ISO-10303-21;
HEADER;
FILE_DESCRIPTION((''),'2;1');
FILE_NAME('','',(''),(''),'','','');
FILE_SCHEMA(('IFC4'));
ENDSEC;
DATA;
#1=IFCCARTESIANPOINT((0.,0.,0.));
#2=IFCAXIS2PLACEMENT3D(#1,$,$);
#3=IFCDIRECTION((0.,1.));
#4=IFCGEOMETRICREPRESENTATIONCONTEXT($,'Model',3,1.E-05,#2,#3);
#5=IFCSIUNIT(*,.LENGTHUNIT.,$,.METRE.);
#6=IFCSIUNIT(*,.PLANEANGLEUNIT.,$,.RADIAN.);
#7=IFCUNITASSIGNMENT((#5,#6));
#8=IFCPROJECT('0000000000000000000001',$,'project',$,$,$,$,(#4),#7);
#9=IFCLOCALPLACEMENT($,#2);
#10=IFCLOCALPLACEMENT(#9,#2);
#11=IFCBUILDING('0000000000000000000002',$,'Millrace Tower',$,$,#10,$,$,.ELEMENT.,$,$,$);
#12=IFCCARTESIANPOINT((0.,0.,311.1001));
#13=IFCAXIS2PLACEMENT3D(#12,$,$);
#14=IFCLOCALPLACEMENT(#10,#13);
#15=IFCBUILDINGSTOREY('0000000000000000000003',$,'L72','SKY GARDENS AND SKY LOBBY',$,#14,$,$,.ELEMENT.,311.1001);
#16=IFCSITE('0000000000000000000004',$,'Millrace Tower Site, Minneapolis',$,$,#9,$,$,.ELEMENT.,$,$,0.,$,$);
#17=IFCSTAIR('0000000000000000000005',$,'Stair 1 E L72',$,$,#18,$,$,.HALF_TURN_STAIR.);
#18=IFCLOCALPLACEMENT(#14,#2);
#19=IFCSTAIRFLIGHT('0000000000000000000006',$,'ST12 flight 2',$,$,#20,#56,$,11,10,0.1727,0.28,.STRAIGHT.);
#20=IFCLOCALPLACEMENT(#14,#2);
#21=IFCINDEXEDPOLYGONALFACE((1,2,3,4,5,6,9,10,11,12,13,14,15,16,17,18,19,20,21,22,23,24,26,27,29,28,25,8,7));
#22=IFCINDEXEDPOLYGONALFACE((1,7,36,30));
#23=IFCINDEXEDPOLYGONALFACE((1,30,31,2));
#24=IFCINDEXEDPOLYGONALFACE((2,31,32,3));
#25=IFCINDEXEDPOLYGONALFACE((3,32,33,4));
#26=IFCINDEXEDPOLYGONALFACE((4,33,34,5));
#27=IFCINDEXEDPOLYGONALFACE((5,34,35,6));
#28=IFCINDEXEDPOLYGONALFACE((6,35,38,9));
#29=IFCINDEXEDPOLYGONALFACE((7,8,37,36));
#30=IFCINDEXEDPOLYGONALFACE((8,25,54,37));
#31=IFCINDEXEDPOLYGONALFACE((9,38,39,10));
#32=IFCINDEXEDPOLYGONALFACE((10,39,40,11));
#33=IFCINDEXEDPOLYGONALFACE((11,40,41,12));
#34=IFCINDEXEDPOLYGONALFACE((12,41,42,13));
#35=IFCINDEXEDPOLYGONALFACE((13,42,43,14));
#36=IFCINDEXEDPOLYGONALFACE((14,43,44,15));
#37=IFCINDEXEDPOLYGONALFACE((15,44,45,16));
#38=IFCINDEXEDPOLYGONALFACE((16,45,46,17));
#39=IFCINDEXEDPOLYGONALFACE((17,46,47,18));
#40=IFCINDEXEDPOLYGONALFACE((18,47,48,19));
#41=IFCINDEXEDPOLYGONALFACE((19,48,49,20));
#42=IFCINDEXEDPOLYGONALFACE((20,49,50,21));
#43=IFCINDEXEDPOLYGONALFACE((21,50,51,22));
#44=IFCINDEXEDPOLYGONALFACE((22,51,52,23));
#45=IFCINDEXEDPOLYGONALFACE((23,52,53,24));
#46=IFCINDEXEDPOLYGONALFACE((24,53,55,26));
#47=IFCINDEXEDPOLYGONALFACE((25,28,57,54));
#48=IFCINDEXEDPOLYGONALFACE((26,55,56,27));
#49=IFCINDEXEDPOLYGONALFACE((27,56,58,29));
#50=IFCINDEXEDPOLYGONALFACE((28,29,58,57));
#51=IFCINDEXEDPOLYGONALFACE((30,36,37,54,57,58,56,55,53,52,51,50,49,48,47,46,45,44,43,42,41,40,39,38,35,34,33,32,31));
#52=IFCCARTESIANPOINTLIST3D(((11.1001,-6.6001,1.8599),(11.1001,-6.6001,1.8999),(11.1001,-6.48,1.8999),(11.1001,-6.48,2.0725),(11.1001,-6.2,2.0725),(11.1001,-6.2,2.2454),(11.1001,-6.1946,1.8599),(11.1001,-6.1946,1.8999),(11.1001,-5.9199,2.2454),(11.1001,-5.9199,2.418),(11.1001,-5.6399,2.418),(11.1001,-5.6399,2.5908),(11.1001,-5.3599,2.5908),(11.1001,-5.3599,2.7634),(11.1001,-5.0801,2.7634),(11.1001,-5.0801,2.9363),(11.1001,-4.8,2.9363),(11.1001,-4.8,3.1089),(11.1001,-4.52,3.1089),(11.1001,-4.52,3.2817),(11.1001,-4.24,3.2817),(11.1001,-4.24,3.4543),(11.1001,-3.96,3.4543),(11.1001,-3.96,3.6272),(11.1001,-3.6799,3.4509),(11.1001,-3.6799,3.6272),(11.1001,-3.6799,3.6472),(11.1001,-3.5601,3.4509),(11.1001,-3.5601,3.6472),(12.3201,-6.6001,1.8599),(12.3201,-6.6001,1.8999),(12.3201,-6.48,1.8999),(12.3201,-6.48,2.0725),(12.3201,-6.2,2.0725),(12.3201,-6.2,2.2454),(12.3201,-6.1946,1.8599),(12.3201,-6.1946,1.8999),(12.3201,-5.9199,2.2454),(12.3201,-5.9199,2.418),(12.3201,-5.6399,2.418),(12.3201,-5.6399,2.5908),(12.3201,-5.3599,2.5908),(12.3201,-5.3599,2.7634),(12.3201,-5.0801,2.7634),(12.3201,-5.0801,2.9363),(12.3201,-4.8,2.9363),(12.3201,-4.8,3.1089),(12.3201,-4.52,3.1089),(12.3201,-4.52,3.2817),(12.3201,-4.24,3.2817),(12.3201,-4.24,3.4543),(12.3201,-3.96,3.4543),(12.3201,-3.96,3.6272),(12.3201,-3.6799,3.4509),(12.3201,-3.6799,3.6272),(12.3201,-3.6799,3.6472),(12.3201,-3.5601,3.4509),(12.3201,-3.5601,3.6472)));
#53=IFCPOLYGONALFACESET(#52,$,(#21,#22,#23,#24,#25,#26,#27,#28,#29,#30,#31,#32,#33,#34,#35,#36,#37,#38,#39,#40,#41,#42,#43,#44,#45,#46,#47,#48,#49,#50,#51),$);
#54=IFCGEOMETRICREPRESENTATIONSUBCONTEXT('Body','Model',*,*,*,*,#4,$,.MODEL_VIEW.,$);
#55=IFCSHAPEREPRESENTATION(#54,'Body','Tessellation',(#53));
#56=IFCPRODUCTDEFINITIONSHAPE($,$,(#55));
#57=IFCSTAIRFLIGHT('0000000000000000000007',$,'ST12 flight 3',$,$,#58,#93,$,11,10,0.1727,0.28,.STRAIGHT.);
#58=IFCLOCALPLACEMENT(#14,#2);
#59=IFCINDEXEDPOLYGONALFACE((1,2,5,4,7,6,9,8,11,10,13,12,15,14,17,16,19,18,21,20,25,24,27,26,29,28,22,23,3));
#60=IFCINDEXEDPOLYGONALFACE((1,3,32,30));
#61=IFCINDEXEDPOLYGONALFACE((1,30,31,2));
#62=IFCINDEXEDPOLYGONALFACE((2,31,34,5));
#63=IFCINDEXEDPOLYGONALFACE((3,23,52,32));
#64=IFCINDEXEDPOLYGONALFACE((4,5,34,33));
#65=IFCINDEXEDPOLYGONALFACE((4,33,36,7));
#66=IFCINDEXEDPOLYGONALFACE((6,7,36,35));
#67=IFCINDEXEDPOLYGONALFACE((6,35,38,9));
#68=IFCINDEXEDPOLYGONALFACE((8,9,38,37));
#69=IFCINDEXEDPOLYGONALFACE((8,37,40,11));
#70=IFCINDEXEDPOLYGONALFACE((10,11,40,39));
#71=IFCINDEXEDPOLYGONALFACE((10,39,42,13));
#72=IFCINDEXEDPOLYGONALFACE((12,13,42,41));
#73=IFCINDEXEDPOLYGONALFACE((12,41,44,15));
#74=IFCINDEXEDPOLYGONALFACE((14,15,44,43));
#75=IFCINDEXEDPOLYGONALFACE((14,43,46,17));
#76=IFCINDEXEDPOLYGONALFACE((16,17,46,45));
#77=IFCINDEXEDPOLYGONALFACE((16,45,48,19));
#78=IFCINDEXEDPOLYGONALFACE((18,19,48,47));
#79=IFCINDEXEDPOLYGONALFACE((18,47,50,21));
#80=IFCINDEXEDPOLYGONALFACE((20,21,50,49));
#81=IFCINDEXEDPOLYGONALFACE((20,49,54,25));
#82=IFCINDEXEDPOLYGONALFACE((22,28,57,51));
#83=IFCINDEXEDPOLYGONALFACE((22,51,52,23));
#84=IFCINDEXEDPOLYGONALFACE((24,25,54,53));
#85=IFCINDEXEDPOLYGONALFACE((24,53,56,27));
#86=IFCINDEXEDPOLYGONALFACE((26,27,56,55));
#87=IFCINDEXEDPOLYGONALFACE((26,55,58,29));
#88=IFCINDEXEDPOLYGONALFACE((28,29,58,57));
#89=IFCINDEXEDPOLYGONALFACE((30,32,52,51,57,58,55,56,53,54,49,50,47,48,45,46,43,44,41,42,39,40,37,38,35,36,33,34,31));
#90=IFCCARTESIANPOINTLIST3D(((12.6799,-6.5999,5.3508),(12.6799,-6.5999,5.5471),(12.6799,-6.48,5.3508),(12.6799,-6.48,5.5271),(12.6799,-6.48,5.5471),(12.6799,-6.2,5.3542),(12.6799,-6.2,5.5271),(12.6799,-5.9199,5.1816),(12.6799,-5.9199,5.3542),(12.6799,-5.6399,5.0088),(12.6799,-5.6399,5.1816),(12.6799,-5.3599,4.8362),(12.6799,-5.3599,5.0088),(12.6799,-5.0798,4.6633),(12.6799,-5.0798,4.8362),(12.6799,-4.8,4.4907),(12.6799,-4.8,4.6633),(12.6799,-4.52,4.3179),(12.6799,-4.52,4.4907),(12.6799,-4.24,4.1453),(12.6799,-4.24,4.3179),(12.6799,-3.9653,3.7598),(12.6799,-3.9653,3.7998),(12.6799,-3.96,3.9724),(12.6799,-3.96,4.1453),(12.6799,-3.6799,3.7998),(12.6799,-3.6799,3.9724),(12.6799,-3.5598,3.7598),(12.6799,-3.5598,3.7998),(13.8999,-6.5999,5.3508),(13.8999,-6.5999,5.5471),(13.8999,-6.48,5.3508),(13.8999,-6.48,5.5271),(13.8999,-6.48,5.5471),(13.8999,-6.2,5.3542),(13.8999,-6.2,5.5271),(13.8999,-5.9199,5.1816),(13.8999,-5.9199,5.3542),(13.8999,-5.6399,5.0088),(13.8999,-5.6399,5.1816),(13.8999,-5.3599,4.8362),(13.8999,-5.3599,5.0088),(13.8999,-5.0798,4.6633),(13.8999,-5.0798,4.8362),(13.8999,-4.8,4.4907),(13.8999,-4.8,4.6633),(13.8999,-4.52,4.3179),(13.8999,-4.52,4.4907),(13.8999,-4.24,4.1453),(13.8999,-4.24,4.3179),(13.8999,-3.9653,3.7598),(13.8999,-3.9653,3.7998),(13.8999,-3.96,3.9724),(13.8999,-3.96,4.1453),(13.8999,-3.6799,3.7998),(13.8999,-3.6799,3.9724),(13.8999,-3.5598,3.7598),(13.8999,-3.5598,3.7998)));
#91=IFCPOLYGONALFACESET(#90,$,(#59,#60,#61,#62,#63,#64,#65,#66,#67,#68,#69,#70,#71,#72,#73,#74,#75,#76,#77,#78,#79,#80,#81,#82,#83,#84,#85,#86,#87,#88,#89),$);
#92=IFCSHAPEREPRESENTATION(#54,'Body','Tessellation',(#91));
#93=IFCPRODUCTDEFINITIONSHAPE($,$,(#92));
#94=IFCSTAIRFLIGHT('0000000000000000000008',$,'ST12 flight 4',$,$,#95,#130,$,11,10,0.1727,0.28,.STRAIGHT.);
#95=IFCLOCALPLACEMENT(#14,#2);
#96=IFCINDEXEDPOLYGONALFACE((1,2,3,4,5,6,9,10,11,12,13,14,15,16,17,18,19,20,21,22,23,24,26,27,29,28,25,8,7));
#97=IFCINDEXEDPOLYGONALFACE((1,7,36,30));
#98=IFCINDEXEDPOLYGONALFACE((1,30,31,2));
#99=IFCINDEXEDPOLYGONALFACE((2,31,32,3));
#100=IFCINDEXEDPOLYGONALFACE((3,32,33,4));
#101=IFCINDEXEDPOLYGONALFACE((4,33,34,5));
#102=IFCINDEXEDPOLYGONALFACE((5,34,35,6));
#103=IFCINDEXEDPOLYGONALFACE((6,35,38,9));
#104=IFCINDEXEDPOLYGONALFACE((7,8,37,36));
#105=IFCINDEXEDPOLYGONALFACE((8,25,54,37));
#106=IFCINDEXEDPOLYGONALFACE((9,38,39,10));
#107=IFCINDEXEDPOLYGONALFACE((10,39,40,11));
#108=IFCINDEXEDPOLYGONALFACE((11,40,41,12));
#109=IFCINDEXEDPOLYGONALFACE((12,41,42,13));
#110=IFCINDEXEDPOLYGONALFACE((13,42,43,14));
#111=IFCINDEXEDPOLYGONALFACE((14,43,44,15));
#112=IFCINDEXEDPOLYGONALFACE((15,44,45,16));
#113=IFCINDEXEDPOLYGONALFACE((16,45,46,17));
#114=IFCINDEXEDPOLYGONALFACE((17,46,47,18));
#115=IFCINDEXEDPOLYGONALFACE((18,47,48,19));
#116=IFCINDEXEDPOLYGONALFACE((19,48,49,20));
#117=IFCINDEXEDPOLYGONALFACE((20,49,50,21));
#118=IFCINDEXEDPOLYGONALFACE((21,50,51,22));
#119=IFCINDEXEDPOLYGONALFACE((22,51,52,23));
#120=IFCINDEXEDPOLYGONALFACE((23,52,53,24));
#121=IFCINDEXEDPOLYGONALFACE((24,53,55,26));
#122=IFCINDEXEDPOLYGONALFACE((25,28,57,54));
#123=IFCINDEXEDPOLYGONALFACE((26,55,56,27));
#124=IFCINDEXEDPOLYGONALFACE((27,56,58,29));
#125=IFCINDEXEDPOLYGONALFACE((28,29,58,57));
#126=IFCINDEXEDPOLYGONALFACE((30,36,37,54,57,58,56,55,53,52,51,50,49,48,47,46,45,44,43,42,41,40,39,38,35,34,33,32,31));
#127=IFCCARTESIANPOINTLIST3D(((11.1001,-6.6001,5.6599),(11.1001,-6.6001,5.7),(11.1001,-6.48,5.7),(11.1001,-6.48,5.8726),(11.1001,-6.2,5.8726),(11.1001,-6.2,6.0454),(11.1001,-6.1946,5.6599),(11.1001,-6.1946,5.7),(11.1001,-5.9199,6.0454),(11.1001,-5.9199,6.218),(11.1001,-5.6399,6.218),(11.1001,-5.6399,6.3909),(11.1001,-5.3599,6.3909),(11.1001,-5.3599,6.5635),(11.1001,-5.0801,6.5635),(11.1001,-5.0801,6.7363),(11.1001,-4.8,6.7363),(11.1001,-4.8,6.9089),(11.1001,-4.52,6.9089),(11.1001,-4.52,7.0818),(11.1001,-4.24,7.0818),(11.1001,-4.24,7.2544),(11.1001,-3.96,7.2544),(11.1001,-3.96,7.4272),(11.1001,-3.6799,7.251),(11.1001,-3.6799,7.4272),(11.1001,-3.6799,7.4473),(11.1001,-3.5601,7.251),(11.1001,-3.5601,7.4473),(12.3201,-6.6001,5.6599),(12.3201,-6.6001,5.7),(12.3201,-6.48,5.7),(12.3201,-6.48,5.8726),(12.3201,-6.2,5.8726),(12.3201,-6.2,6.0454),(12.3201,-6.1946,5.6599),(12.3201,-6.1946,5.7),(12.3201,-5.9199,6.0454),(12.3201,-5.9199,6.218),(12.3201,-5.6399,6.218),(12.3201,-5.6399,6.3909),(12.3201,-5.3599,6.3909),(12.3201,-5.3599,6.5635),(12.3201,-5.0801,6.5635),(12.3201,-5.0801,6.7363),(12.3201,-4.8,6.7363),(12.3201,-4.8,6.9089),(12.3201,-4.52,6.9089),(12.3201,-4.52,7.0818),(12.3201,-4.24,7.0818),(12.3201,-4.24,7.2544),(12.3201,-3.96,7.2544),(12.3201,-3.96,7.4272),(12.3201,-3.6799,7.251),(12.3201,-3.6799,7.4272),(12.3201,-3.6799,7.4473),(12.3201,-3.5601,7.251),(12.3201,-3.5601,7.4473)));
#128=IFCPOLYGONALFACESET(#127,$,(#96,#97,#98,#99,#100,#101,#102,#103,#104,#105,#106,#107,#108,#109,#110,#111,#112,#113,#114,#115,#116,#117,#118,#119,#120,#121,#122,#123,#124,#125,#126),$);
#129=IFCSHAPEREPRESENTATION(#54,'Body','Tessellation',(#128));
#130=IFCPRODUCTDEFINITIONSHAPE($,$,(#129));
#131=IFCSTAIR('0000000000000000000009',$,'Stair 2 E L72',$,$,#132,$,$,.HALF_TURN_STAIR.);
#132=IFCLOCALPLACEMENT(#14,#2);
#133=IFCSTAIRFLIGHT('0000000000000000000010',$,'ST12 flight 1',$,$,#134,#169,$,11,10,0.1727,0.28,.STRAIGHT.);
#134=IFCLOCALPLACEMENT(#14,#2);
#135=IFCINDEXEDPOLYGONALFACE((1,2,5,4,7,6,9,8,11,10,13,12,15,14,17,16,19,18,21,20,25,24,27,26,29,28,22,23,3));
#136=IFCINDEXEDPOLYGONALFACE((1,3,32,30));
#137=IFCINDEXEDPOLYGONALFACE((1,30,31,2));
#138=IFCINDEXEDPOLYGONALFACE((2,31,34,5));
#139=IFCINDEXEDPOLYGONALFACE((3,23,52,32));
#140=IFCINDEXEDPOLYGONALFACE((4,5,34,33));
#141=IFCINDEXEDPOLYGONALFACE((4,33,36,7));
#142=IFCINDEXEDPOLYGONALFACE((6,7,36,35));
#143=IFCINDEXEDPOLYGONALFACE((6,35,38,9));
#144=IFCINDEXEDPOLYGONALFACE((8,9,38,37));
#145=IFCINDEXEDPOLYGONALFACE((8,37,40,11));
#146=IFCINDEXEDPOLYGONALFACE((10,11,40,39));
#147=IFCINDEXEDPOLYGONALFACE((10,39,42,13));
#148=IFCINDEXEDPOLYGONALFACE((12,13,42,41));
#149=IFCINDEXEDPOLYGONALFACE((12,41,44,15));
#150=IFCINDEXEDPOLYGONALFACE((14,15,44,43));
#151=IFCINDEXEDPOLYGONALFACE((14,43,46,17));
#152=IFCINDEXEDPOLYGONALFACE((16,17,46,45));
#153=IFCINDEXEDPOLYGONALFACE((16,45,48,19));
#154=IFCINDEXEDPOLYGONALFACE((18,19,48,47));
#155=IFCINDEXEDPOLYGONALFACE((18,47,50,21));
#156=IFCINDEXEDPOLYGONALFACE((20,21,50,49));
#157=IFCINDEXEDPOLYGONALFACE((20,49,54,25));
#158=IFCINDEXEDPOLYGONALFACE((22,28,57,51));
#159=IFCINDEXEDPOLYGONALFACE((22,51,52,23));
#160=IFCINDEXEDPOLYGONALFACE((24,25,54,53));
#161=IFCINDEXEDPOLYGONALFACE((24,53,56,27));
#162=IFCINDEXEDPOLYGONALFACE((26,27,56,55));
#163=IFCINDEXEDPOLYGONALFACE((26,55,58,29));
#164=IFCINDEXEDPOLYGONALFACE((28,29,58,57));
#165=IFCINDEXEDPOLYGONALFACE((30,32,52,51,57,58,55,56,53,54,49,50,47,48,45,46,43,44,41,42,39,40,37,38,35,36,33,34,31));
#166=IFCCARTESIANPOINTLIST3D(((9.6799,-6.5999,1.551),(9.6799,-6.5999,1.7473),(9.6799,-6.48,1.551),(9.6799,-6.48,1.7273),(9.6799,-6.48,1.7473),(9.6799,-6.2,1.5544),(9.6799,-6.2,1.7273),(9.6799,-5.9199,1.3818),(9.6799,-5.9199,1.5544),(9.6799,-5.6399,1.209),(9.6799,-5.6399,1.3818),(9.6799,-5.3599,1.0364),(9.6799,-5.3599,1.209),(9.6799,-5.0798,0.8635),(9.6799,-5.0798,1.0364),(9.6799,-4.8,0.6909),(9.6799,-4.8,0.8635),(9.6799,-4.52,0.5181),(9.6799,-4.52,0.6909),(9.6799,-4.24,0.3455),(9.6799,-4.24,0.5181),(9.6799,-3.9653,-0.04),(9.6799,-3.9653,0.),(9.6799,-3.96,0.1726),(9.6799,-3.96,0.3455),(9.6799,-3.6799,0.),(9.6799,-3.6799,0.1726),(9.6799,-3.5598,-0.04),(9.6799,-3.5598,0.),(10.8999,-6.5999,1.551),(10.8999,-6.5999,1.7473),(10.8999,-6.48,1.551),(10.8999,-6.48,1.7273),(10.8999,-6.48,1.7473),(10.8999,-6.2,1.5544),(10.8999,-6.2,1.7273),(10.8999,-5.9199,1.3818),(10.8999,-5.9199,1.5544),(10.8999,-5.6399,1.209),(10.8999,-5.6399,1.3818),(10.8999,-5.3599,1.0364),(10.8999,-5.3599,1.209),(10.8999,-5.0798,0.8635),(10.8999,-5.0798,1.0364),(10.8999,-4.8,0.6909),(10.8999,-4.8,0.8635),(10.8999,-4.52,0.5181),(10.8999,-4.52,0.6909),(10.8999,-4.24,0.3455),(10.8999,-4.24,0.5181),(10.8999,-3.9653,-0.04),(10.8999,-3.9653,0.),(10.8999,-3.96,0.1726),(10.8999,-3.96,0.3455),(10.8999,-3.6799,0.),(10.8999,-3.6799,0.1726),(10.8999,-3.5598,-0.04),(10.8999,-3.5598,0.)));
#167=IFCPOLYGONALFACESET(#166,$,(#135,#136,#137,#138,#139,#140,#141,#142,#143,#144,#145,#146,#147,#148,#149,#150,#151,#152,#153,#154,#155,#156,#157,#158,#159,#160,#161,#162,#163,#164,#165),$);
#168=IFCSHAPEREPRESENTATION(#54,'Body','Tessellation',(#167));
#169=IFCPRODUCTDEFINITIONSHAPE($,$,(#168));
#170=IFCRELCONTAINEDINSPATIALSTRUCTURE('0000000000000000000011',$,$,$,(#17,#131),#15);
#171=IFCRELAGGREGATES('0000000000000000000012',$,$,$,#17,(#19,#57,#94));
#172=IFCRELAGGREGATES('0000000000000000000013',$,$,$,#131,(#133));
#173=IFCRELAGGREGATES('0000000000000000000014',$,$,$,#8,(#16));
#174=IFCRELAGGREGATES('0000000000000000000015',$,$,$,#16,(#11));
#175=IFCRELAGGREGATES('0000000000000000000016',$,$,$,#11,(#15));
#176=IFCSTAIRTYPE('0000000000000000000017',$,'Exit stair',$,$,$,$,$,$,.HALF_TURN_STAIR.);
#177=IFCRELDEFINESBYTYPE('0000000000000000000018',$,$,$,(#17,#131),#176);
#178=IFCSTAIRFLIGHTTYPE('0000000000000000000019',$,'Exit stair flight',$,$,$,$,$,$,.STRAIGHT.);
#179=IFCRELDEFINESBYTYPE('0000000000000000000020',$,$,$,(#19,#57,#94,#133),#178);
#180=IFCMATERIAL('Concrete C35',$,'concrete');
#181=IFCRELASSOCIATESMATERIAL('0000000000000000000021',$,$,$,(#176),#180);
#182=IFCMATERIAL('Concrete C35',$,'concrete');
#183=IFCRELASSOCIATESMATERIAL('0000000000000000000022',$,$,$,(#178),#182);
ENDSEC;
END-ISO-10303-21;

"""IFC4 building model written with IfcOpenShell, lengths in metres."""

from ifc_helpers import new_model, si_unit, direction, frame, origin, place, context, subcontext, project, spatial, polyline, outline, extrude, material, type_object, element, aggregate, save


model = new_model("IFC4")

# Units and contexts
model_context = context("Model", 3, precision=1e-05, world=origin(), true_north=direction((0.0, 1.0)))
body_context = subcontext(model_context, "Body", "Model", "MODEL_VIEW")
ifc_project = project(units=[si_unit("LENGTHUNIT", "METRE"), si_unit("PLANEANGLEUNIT", "RADIAN")], contexts=[model_context])

# Site, building, storey
site_placement = place(None, origin())
site = spatial("IfcSite", under=ifc_project, at=site_placement, Name="Millrace Tower Site, Minneapolis", CompositionType="ELEMENT", RefElevation=0.0)
building_placement = place(site_placement, origin())
building = spatial("IfcBuilding", under=site, at=building_placement, Name="Millrace Tower", CompositionType="ELEMENT")
storey_placement = place(building_placement, frame((0.0, 0.0, 311.1001)))
storey = spatial("IfcBuildingStorey", under=building, at=storey_placement, Name="L72", Description="SKY GARDENS AND SKY LOBBY", CompositionType="ELEMENT", Elevation=311.1001)

# Shared definitions
placement = place(storey_placement, origin())

# Stairs, stair flights
ifc_material_1 = material(Name="Concrete C35", Category="concrete")
stair_type = type_object("IfcStairType", Name="Exit stair", PredefinedType="HALF_TURN_STAIR", material=ifc_material_1)
stair_1 = element("IfcStair", 1, at=placement, inside=storey, type_object=stair_type, Name="Stair 1 E L72", PredefinedType="HALF_TURN_STAIR")
ifc_material_2 = material(Name="Concrete C35", Category="concrete")
stair_flight_type = type_object("IfcStairFlightType", Name="Exit stair flight", PredefinedType="STRAIGHT", material=ifc_material_2)
stair_flight_1_placement = place(storey_placement, frame((11.71, -6.48, 1.8999), z_axis=(0.0, 0.0, 1.0), x_axis=(0.0, 1.0, 0.0)))
stair_flight_1 = element("IfcStairFlight", 2, at=stair_flight_1_placement, type_object=stair_flight_type, Name="ST12 flight 2", NumberOfRisers=11, NumberOfTreads=10, PredefinedType="STRAIGHT", RiserHeight=0.1727, TreadLength=0.28, context=body_context, shape_type="SweptSolid", body=[
    extrude(outline(polyline([(-0.1201, -0.04), (-0.1201, 0.0), (0.0, 0.0), (0.0, 0.1726), (0.28, 0.1726), (0.28, 0.3455), (0.5601, 0.3455), (0.5601, 0.5181), (0.8401, 0.5181), (0.8401, 0.6909), (1.1201, 0.6909), (1.1201, 0.8635), (1.3999, 0.8635), (1.3999, 1.0364), (1.6799, 1.0364), (1.6799, 1.209), (1.96, 1.209), (1.96, 1.3818), (2.24, 1.3818), (2.24, 1.5544), (2.52, 1.5544), (2.52, 1.7273), (2.8, 1.7273), (2.8, 1.7473), (2.9199, 1.7473), (2.9199, 1.551), (2.8, 1.551), (0.2854, 0.0), (0.2854, -0.04), (-0.1201, -0.04)])), frame((0.0, 0.6099, 0.0), z_axis=(0.0, -1.0, 0.0), x_axis=(1.0, 0.0, 0.0)), (0.0, 0.0, 1.0), 1.22),
])
stair_flight_2_placement = place(storey_placement, frame((13.29, -3.6799, 3.7998), z_axis=(0.0, 0.0, 1.0), x_axis=(0.0, -1.0, 0.0)))
stair_flight_2 = element("IfcStairFlight", 3, at=stair_flight_2_placement, type_object=stair_flight_type, Name="ST12 flight 3", NumberOfRisers=11, NumberOfTreads=10, PredefinedType="STRAIGHT", RiserHeight=0.1727, TreadLength=0.28, context=body_context, shape_type="SweptSolid", body=[
    extrude(outline(polyline([(-0.1201, -0.04), (-0.1201, 0.0), (0.0, 0.0), (0.0, 0.1726), (0.28, 0.1726), (0.28, 0.3455), (0.5601, 0.3455), (0.5601, 0.5181), (0.8401, 0.5181), (0.8401, 0.6909), (1.1201, 0.6909), (1.1201, 0.8635), (1.3999, 0.8635), (1.3999, 1.0364), (1.6799, 1.0364), (1.6799, 1.209), (1.96, 1.209), (1.96, 1.3818), (2.24, 1.3818), (2.24, 1.5544), (2.52, 1.5544), (2.52, 1.7273), (2.8, 1.7273), (2.8, 1.7473), (2.9199, 1.7473), (2.9199, 1.551), (2.8, 1.551), (0.2854, 0.0), (0.2854, -0.04), (-0.1201, -0.04)])), frame((0.0, 0.6099, 0.0), z_axis=(0.0, -1.0, 0.0), x_axis=(1.0, 0.0, 0.0)), (0.0, 0.0, 1.0), 1.22),
])
stair_flight_3_placement = place(storey_placement, frame((11.71, -6.48, 5.7), z_axis=(0.0, 0.0, 1.0), x_axis=(0.0, 1.0, 0.0)))
stair_flight_3 = element("IfcStairFlight", 4, at=stair_flight_3_placement, type_object=stair_flight_type, Name="ST12 flight 4", NumberOfRisers=11, NumberOfTreads=10, PredefinedType="STRAIGHT", RiserHeight=0.1727, TreadLength=0.28, context=body_context, shape_type="SweptSolid", body=[
    extrude(outline(polyline([(-0.1201, -0.04), (-0.1201, 0.0), (0.0, 0.0), (0.0, 0.1726), (0.28, 0.1726), (0.28, 0.3455), (0.5601, 0.3455), (0.5601, 0.5181), (0.8401, 0.5181), (0.8401, 0.6909), (1.1201, 0.6909), (1.1201, 0.8635), (1.3999, 0.8635), (1.3999, 1.0364), (1.6799, 1.0364), (1.6799, 1.209), (1.96, 1.209), (1.96, 1.3818), (2.24, 1.3818), (2.24, 1.5544), (2.52, 1.5544), (2.52, 1.7273), (2.8, 1.7273), (2.8, 1.7473), (2.9199, 1.7473), (2.9199, 1.551), (2.8, 1.551), (0.2854, 0.0), (0.2854, -0.04), (-0.1201, -0.04)])), frame((0.0, 0.6099, 0.0), z_axis=(0.0, -1.0, 0.0), x_axis=(1.0, 0.0, 0.0)), (0.0, 0.0, 1.0), 1.22),
])
aggregate(stair_1, [stair_flight_1, stair_flight_2, stair_flight_3])
stair_2 = element("IfcStair", 5, at=placement, inside=storey, type_object=stair_type, Name="Stair 2 E L72", PredefinedType="HALF_TURN_STAIR")
stair_flight_4_placement = place(storey_placement, frame((10.29, -3.6799, 0.0), z_axis=(0.0, 0.0, 1.0), x_axis=(0.0, -1.0, 0.0)))
stair_flight_4 = element("IfcStairFlight", 6, at=stair_flight_4_placement, type_object=stair_flight_type, Name="ST12 flight 1", NumberOfRisers=11, NumberOfTreads=10, PredefinedType="STRAIGHT", RiserHeight=0.1727, TreadLength=0.28, context=body_context, shape_type="SweptSolid", body=[
    extrude(outline(polyline([(-0.1201, -0.04), (-0.1201, 0.0), (0.0, 0.0), (0.0, 0.1726), (0.28, 0.1726), (0.28, 0.3455), (0.5601, 0.3455), (0.5601, 0.5181), (0.8401, 0.5181), (0.8401, 0.6909), (1.1201, 0.6909), (1.1201, 0.8635), (1.3999, 0.8635), (1.3999, 1.0364), (1.6799, 1.0364), (1.6799, 1.209), (1.96, 1.209), (1.96, 1.3818), (2.24, 1.3818), (2.24, 1.5544), (2.52, 1.5544), (2.52, 1.7273), (2.8, 1.7273), (2.8, 1.7473), (2.9199, 1.7473), (2.9199, 1.551), (2.8, 1.551), (0.2854, 0.0), (0.2854, -0.04), (-0.1201, -0.04)])), frame((0.0, 0.6099, 0.0), z_axis=(0.0, -1.0, 0.0), x_axis=(1.0, 0.0, 0.0)), (0.0, 0.0, 1.0), 1.22),
])
aggregate(stair_2, [stair_flight_4])

save(model, "model.ifc")
